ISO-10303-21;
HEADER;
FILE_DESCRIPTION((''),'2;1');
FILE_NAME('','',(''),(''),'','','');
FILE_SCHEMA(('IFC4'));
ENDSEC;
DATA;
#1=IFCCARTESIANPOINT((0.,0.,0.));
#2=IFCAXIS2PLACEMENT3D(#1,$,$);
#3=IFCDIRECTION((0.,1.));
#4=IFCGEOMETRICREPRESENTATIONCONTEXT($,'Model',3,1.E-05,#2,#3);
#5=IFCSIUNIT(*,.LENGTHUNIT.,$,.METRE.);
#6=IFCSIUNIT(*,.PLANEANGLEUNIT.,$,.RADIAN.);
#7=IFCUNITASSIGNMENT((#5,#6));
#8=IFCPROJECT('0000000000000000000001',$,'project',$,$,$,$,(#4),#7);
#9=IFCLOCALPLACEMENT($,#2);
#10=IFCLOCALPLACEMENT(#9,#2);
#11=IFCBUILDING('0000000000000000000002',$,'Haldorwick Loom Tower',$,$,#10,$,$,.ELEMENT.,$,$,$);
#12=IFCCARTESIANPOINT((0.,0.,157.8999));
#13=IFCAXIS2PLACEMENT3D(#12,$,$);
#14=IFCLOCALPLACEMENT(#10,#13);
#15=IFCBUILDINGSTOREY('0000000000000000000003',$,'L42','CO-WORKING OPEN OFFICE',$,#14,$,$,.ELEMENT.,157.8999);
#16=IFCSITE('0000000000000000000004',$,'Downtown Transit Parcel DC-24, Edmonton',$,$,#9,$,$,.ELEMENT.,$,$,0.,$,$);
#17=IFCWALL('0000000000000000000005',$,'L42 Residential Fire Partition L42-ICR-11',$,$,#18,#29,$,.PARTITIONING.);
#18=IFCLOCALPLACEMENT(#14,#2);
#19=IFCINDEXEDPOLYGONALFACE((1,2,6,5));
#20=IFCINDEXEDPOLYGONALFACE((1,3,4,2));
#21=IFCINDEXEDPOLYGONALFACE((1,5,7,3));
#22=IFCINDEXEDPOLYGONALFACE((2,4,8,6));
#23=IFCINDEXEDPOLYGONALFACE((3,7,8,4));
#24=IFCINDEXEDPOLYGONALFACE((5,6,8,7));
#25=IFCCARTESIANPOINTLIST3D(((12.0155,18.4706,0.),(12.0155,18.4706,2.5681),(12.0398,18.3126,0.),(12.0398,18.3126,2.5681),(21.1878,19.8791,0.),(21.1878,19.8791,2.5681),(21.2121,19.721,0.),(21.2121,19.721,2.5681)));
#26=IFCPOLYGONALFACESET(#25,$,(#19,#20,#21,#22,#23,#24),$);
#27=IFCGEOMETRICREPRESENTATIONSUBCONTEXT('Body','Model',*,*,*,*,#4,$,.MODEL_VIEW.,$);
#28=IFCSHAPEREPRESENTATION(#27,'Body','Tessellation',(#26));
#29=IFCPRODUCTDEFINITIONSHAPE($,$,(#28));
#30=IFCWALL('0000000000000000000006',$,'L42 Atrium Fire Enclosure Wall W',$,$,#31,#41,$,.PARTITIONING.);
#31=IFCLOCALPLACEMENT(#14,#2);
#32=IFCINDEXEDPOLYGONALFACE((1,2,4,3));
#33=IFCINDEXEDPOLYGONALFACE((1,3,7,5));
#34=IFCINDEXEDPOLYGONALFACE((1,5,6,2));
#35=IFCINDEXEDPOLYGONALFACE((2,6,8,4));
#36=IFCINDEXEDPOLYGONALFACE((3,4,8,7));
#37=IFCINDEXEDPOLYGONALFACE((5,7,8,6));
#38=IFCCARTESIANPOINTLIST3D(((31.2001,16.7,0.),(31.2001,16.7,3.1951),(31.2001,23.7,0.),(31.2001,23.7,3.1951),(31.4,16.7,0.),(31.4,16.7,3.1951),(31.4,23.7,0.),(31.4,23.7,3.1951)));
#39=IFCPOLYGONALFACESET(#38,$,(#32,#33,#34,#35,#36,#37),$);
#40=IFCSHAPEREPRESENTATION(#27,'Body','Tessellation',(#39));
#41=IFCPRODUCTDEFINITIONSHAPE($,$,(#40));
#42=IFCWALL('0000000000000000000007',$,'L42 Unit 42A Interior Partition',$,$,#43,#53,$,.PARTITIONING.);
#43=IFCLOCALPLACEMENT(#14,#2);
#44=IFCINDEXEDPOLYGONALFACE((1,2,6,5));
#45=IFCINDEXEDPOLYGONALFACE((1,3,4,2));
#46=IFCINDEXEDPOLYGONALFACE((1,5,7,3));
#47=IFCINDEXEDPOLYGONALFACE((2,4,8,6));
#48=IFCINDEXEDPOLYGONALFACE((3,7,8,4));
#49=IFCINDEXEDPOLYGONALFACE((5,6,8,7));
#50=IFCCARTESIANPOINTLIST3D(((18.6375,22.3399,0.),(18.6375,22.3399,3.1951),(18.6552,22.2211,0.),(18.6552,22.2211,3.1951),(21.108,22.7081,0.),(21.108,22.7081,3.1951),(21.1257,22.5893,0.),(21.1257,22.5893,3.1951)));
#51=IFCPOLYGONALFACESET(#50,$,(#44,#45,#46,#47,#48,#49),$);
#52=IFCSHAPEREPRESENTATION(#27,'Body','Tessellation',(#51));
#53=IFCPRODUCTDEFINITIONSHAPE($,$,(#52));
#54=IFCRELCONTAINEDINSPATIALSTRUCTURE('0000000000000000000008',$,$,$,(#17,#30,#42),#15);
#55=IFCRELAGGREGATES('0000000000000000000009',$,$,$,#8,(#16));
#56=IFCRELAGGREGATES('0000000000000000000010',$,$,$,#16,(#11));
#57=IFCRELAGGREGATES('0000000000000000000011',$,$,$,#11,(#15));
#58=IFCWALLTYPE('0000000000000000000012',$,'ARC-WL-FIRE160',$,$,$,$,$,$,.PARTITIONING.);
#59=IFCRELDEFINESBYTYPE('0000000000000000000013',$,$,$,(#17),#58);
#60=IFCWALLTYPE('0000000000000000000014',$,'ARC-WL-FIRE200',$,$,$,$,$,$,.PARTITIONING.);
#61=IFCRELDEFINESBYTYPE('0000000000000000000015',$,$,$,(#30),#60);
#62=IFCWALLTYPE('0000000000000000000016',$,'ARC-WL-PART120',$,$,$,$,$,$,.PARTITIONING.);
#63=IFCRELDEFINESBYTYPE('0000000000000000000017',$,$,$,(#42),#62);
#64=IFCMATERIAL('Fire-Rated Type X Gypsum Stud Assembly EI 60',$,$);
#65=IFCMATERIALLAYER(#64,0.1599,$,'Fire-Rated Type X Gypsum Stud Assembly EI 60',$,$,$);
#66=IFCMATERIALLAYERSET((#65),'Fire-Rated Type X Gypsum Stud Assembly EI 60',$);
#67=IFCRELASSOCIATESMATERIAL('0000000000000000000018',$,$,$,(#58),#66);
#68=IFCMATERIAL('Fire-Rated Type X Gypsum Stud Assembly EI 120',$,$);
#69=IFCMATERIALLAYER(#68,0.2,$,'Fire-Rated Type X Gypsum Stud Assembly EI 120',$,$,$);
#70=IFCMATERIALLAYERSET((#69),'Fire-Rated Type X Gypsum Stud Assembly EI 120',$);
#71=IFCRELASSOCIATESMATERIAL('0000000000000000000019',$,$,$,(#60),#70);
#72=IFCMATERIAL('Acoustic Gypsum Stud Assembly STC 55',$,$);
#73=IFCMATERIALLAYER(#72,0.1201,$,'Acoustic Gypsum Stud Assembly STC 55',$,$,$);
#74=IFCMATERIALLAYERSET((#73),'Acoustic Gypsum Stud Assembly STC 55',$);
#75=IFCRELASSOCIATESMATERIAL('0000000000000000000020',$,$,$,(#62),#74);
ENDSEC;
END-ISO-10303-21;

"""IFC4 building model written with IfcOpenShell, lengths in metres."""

from ifc_helpers import new_model, si_unit, direction, frame, frame_2d, origin, place, context, subcontext, project, spatial, rectangle, extrude, material, layer, layer_set, type_object, element, save


model = new_model("IFC4")

# Units and contexts
model_context = context("Model", 3, precision=1e-05, world=origin(), true_north=direction((0.0, 1.0)))
body_context = subcontext(model_context, "Body", "Model", "MODEL_VIEW")
ifc_project = project(units=[si_unit("LENGTHUNIT", "METRE"), si_unit("PLANEANGLEUNIT", "RADIAN")], contexts=[model_context])

# Site, building, storey
site_placement = place(None, origin())
site = spatial("IfcSite", under=ifc_project, at=site_placement, Name="Downtown Transit Parcel DC-24, Edmonton", CompositionType="ELEMENT", RefElevation=0.0)
building_placement = place(site_placement, origin())
building = spatial("IfcBuilding", under=site, at=building_placement, Name="Haldorwick Loom Tower", CompositionType="ELEMENT")
storey_placement = place(building_placement, frame((0.0, 0.0, 157.8999)))
storey = spatial("IfcBuildingStorey", under=building, at=storey_placement, Name="L42", Description="CO-WORKING OPEN OFFICE", CompositionType="ELEMENT", Elevation=157.8999)

# Walls
ifc_material_1 = material(Name="Fire-Rated Type X Gypsum Stud Assembly EI 60")
ifc_layer_1 = layer(ifc_material_1, 0.1599, Name="Fire-Rated Type X Gypsum Stud Assembly EI 60")
ifc_layer_set_1 = layer_set([ifc_layer_1], Name="Fire-Rated Type X Gypsum Stud Assembly EI 60")
wall_type_1 = type_object("IfcWallType", Name="ARC-WL-FIRE160", PredefinedType="PARTITIONING", material=ifc_layer_set_1)
wall_1_placement = place(storey_placement, frame((21.2, 19.8, 0.0), z_axis=(0.0, 0.0, 1.0), x_axis=(-0.988415, -0.151774, 0.0)))
element("IfcWall", 1, at=wall_1_placement, inside=storey, type_object=wall_type_1, Name="L42 Residential Fire Partition L42-ICR-11", PredefinedType="PARTITIONING", context=body_context, shape_type="SweptSolid", body=[
    extrude(rectangle(XDim=9.2798, YDim=0.1599, at=frame_2d((4.6399, 0.0))), origin(), (0.0, 0.0, 1.0), 2.5681),
])
ifc_material_2 = material(Name="Fire-Rated Type X Gypsum Stud Assembly EI 120")
ifc_layer_2 = layer(ifc_material_2, 0.2, Name="Fire-Rated Type X Gypsum Stud Assembly EI 120")
ifc_layer_set_2 = layer_set([ifc_layer_2], Name="Fire-Rated Type X Gypsum Stud Assembly EI 120")
wall_type_2 = type_object("IfcWallType", Name="ARC-WL-FIRE200", PredefinedType="PARTITIONING", material=ifc_layer_set_2)
wall_2_placement = place(storey_placement, frame((31.3, 16.7, 0.0), z_axis=(0.0, 0.0, 1.0), x_axis=(0.0, 1.0, 0.0)))
element("IfcWall", 2, at=wall_2_placement, inside=storey, type_object=wall_type_2, Name="L42 Atrium Fire Enclosure Wall W", PredefinedType="PARTITIONING", context=body_context, shape_type="SweptSolid", body=[
    extrude(rectangle(XDim=7.0, YDim=0.2, at=frame_2d((3.5, 0.0))), origin(), (0.0, 0.0, 1.0), 3.1951),
])
ifc_material_3 = material(Name="Acoustic Gypsum Stud Assembly STC 55")
ifc_layer_3 = layer(ifc_material_3, 0.1201, Name="Acoustic Gypsum Stud Assembly STC 55")
ifc_layer_set_3 = layer_set([ifc_layer_3], Name="Acoustic Gypsum Stud Assembly STC 55")
wall_type_3 = type_object("IfcWallType", Name="ARC-WL-PART120", PredefinedType="PARTITIONING", material=ifc_layer_set_3)
wall_3_placement = place(storey_placement, frame((21.1169, 22.6487, 0.0), z_axis=(0.0, 0.0, 1.0), x_axis=(-0.989077, -0.147399, 0.0)))
element("IfcWall", 3, at=wall_3_placement, inside=storey, type_object=wall_type_3, Name="L42 Unit 42A Interior Partition", PredefinedType="PARTITIONING", context=body_context, shape_type="SweptSolid", body=[
    extrude(rectangle(XDim=2.4978, YDim=0.1201, at=frame_2d((1.249, 0.0))), origin(), (0.0, 0.0, 1.0), 3.1951),
])

save(model, "model.ifc")
